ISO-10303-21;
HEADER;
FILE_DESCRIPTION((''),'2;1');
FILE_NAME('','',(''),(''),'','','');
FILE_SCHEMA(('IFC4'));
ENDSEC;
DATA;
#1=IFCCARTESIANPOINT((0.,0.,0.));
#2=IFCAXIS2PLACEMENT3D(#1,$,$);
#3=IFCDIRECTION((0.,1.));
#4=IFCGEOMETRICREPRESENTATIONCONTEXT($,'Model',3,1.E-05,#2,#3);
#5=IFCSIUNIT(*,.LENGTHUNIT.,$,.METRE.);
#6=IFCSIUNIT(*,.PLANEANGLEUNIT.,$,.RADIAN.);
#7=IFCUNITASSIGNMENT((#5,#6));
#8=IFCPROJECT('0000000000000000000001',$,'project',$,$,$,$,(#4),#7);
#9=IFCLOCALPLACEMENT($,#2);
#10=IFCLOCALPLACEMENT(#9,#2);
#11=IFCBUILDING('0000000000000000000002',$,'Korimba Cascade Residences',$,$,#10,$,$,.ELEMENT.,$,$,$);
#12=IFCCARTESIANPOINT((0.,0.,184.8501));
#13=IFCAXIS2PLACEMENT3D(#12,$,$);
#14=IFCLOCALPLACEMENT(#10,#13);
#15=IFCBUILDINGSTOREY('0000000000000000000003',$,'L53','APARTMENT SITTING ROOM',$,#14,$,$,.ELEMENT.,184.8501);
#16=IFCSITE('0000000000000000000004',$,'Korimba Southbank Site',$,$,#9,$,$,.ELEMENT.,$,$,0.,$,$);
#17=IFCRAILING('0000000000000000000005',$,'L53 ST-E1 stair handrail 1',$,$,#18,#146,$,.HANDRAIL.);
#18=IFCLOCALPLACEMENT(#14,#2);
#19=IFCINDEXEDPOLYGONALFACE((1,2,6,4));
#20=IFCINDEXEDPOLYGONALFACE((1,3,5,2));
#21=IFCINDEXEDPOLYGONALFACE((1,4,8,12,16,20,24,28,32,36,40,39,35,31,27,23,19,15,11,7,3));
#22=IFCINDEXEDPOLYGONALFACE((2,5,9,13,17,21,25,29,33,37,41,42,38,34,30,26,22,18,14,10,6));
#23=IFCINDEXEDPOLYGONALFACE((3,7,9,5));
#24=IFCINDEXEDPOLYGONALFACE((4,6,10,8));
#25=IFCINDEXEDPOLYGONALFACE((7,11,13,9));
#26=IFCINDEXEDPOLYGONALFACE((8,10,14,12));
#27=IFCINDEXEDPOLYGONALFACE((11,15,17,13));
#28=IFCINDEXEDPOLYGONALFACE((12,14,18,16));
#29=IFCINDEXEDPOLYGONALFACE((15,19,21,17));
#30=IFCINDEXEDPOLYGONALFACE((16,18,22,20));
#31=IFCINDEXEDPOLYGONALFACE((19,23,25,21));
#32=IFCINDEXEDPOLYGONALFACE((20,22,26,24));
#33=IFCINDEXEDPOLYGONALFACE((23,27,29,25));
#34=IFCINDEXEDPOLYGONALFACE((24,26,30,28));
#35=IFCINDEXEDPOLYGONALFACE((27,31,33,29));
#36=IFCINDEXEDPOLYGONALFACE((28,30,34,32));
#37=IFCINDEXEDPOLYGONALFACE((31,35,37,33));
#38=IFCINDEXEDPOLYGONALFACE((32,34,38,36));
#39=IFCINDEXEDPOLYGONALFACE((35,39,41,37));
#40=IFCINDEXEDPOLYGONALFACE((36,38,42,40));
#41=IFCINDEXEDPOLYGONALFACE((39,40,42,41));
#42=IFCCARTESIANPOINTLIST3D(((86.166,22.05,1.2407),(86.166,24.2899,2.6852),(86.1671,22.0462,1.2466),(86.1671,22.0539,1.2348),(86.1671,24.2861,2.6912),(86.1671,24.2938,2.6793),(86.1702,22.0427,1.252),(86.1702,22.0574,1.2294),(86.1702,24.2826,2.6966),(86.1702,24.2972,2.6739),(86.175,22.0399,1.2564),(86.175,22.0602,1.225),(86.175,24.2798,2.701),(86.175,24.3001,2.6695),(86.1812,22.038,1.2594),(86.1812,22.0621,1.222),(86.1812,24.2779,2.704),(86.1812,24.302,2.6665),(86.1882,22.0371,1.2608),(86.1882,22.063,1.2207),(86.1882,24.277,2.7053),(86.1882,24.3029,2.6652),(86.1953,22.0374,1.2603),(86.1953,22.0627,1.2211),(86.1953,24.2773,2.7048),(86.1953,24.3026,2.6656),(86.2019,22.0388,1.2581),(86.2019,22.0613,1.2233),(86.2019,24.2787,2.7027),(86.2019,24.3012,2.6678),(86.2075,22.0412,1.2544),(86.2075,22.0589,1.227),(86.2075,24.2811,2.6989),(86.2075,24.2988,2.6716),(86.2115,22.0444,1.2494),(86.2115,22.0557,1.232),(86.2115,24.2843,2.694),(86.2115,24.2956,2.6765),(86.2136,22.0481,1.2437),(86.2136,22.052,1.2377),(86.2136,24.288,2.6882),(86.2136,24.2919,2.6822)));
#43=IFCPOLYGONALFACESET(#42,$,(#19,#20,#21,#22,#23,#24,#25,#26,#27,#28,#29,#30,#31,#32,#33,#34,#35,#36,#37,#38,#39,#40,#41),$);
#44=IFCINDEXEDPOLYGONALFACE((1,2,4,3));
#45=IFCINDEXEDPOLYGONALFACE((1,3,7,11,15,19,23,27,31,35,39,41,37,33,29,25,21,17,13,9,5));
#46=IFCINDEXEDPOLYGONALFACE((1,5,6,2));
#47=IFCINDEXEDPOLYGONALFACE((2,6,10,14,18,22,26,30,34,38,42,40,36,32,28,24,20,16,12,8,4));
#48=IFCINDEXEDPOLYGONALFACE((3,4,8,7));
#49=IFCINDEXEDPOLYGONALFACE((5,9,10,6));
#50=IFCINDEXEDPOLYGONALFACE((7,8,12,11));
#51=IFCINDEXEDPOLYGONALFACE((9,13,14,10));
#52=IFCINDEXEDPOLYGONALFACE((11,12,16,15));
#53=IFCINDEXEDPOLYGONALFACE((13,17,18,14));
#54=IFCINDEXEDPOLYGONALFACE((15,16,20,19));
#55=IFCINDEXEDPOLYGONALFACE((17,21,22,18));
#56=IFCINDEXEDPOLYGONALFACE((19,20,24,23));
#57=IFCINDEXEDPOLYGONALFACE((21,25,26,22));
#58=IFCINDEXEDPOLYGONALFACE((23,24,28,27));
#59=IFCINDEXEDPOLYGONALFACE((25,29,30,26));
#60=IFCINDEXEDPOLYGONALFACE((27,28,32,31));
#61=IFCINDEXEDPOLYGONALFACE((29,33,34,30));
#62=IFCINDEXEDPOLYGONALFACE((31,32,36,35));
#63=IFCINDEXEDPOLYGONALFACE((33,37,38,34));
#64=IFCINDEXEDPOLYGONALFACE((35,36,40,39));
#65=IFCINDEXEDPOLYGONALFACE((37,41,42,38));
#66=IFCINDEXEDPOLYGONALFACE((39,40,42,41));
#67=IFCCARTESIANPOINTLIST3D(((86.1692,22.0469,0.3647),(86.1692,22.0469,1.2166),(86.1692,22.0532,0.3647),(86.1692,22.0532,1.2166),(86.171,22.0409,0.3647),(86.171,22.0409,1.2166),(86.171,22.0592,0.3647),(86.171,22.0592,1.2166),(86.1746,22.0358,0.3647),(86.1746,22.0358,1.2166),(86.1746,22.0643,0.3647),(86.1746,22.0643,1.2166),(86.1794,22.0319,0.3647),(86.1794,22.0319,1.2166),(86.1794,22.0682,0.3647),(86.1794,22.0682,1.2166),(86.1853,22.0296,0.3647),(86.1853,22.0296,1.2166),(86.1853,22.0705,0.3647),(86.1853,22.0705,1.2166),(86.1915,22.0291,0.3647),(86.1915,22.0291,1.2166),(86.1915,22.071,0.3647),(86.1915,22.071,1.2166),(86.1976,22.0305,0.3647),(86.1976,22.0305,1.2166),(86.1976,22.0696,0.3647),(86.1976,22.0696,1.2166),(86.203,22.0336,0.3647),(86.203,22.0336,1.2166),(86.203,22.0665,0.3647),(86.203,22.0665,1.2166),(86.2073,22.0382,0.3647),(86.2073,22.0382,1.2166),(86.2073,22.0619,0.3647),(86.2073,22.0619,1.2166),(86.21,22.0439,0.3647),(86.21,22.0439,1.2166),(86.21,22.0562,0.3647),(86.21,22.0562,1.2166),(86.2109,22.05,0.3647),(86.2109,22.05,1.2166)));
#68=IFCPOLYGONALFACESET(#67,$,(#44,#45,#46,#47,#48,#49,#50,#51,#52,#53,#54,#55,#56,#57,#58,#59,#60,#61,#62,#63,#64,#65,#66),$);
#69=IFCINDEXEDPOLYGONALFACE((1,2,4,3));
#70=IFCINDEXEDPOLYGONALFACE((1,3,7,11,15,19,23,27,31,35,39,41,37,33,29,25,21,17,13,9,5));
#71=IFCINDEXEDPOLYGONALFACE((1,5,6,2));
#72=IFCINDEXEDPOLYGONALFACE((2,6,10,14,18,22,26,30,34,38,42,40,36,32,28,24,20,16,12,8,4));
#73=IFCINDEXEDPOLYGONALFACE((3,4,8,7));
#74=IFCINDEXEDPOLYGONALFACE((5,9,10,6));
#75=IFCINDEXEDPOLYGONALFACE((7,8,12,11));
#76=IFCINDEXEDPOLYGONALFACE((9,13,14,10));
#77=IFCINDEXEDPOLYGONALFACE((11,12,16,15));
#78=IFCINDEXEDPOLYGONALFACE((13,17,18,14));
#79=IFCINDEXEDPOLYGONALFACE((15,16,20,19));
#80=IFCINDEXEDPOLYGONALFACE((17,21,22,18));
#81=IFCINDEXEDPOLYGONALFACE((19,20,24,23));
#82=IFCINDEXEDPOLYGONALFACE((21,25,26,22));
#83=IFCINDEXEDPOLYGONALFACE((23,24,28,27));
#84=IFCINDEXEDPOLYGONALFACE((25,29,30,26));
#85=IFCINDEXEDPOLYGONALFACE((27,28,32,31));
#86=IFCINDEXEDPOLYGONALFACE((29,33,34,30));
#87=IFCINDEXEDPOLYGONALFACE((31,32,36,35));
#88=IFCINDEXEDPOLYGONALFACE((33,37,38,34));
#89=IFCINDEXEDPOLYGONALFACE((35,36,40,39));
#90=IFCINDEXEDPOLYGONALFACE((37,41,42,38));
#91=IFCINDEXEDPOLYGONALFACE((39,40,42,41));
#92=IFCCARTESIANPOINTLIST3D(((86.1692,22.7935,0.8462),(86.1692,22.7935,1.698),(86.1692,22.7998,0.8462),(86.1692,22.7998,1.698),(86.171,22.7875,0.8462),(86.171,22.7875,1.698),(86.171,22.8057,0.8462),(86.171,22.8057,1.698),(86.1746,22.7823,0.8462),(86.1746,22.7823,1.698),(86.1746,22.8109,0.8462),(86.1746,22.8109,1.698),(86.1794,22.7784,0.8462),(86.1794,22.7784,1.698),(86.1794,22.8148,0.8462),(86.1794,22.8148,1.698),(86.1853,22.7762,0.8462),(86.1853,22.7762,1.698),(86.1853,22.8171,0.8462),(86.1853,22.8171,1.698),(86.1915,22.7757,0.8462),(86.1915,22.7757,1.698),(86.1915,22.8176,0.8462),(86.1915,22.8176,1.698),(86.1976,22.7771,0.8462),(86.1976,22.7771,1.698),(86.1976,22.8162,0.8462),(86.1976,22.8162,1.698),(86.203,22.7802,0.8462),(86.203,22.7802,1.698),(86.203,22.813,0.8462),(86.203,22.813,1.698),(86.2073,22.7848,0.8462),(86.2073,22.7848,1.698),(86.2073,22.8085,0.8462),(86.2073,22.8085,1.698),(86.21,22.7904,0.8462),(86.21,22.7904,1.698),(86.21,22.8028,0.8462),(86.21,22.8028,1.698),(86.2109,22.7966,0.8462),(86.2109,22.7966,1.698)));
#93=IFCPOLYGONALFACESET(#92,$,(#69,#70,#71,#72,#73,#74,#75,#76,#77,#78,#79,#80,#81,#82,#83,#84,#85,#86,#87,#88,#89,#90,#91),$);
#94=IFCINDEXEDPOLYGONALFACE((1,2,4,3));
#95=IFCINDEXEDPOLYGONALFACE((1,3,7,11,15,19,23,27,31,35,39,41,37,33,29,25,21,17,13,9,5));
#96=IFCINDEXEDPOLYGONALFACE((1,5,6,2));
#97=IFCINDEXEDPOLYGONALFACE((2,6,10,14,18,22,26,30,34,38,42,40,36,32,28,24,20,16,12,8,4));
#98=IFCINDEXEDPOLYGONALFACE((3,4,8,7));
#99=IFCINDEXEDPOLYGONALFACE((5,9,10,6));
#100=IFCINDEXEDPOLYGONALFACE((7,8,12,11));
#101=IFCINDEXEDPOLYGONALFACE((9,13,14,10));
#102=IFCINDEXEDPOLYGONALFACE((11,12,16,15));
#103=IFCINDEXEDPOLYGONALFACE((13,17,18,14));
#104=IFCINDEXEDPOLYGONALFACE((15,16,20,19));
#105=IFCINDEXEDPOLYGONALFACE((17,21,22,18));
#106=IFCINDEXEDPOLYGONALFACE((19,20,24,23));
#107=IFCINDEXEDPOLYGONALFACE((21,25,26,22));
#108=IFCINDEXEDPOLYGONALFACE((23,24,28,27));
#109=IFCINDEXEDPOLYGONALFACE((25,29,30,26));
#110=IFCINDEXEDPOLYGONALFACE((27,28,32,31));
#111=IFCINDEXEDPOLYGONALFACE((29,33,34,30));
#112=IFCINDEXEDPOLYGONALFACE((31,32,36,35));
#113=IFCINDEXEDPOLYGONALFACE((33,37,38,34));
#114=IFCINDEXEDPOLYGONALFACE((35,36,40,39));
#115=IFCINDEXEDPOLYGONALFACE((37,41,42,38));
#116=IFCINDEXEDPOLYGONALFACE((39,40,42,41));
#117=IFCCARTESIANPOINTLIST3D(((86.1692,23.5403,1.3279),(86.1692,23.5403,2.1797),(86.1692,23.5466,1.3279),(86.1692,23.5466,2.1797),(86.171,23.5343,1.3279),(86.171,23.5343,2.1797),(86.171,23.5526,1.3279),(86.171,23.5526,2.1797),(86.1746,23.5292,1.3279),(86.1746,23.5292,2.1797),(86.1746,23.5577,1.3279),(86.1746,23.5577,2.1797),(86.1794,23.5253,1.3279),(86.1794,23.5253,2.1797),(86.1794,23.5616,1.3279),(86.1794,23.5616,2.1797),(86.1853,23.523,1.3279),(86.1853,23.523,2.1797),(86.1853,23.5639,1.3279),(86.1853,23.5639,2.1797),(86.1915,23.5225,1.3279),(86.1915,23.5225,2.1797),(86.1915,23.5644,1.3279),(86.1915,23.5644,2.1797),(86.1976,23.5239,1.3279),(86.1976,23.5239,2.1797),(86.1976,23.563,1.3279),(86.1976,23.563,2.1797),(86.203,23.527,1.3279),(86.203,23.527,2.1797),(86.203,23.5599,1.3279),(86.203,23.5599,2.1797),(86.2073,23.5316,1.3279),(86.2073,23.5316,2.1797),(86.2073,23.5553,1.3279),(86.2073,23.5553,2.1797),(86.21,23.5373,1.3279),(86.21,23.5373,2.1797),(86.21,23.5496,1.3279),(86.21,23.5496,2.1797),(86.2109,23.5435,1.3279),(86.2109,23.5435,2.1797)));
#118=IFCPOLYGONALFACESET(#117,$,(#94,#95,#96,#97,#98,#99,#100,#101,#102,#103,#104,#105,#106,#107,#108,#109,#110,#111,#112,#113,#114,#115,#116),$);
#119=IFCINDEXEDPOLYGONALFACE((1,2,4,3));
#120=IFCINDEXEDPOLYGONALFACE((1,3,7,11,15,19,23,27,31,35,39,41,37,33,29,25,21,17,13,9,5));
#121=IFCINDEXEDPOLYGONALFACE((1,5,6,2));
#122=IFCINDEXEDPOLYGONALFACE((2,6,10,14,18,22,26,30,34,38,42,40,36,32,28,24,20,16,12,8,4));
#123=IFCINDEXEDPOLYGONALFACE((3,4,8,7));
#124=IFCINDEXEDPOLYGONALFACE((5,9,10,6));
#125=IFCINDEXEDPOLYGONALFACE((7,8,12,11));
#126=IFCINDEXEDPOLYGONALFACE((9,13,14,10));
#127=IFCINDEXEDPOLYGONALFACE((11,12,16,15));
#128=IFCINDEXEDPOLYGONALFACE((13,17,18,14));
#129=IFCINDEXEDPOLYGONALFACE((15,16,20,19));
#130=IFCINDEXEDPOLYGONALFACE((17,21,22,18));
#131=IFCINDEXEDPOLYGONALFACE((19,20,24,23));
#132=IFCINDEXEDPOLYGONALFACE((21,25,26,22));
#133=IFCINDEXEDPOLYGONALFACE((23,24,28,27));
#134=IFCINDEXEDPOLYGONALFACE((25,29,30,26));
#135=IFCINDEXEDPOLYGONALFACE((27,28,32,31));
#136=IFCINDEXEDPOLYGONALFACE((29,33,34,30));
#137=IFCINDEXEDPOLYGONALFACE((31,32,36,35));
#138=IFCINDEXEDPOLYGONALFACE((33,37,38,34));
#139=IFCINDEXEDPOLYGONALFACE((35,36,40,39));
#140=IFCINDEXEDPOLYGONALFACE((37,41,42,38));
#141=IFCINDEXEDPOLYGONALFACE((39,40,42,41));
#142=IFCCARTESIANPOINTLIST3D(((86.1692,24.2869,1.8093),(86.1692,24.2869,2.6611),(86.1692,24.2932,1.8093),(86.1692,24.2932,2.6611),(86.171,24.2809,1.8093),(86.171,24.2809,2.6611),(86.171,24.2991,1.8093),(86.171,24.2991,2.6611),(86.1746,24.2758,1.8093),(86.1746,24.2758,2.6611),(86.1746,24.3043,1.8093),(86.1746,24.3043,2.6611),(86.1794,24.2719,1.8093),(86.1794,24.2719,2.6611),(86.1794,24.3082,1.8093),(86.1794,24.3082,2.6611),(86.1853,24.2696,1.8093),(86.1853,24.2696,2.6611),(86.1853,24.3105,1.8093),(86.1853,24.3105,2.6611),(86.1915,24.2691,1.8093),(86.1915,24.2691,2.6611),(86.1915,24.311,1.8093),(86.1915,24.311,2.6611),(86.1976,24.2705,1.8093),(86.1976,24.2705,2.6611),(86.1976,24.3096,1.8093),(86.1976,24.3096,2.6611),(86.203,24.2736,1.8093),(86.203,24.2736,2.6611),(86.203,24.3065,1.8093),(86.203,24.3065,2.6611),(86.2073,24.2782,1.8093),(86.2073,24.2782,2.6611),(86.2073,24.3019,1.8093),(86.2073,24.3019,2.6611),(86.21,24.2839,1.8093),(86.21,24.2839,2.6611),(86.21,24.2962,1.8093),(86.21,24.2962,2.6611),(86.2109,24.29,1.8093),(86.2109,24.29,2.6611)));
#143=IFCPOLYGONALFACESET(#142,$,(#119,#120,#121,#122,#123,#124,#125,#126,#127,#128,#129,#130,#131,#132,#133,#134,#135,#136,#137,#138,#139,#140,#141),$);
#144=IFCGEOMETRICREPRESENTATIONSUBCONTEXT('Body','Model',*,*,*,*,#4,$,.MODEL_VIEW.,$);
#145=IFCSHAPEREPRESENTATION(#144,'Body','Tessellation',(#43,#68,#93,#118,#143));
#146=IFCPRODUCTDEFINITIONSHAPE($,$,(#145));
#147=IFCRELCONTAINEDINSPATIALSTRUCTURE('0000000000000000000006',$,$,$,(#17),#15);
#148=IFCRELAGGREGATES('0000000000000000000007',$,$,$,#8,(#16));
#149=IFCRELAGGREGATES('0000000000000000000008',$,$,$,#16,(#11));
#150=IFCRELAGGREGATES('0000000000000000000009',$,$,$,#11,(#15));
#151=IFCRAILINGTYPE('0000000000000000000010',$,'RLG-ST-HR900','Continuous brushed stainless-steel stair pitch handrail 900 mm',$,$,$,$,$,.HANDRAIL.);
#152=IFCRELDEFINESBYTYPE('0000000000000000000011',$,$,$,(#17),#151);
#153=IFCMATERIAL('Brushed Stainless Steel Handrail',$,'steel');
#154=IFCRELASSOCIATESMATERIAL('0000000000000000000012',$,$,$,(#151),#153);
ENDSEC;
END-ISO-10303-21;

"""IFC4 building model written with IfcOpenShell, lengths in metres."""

from ifc_helpers import new_model, si_unit, direction, frame, origin, origin_2d, place, context, subcontext, project, spatial, circle, extrude, material, type_object, element, save


model = new_model("IFC4")

# Units and contexts
model_context = context("Model", 3, precision=1e-05, world=origin(), true_north=direction((0.0, 1.0)))
body_context = subcontext(model_context, "Body", "Model", "MODEL_VIEW")
ifc_project = project(units=[si_unit("LENGTHUNIT", "METRE"), si_unit("PLANEANGLEUNIT", "RADIAN")], contexts=[model_context])

# Site, building, storey
site_placement = place(None, origin())
site = spatial("IfcSite", under=ifc_project, at=site_placement, Name="Korimba Southbank Site", CompositionType="ELEMENT", RefElevation=0.0)
building_placement = place(site_placement, origin())
building = spatial("IfcBuilding", under=site, at=building_placement, Name="Korimba Cascade Residences", CompositionType="ELEMENT")
storey_placement = place(building_placement, frame((0.0, 0.0, 184.8501)))
storey = spatial("IfcBuildingStorey", under=building, at=storey_placement, Name="L53", Description="APARTMENT SITTING ROOM", CompositionType="ELEMENT", Elevation=184.8501)

# Railing
ifc_material_1 = material(Name="Brushed Stainless Steel Handrail", Category="steel")
railing_type = type_object("IfcRailingType", Name="RLG-ST-HR900", Description="Continuous brushed stainless-steel stair pitch handrail 900 mm", PredefinedType="HANDRAIL", material=ifc_material_1)
railing_placement = place(storey_placement, frame((86.1899, 22.05, 0.3647)))
element("IfcRailing", 1, at=railing_placement, inside=storey, type_object=railing_type, Name="L53 ST-E1 stair handrail 1", PredefinedType="HANDRAIL", context=body_context, shape_type="SweptSolid", body=[
    extrude(circle(Radius=0.0239, at=origin_2d()), frame((0.0, 0.0, 0.876), z_axis=(0.0, 0.840395, 0.541975), x_axis=(-1.0, 0.0, 0.0)), (0.0, 0.0, 1.0), 2.6653),
    extrude(circle(Radius=0.021, at=origin_2d()), origin(), (0.0, 0.0, 1.0), 0.8518),
    extrude(circle(Radius=0.021, at=origin_2d()), frame((0.0, 0.7466, 0.4814)), (0.0, 0.0, 1.0), 0.8518),
    extrude(circle(Radius=0.021, at=origin_2d()), frame((0.0, 1.4934, 0.9631)), (0.0, 0.0, 1.0), 0.8518),
    extrude(circle(Radius=0.021, at=origin_2d()), frame((0.0, 2.24, 1.4446)), (0.0, 0.0, 1.0), 0.8518),
])

save(model, "model.ifc")
